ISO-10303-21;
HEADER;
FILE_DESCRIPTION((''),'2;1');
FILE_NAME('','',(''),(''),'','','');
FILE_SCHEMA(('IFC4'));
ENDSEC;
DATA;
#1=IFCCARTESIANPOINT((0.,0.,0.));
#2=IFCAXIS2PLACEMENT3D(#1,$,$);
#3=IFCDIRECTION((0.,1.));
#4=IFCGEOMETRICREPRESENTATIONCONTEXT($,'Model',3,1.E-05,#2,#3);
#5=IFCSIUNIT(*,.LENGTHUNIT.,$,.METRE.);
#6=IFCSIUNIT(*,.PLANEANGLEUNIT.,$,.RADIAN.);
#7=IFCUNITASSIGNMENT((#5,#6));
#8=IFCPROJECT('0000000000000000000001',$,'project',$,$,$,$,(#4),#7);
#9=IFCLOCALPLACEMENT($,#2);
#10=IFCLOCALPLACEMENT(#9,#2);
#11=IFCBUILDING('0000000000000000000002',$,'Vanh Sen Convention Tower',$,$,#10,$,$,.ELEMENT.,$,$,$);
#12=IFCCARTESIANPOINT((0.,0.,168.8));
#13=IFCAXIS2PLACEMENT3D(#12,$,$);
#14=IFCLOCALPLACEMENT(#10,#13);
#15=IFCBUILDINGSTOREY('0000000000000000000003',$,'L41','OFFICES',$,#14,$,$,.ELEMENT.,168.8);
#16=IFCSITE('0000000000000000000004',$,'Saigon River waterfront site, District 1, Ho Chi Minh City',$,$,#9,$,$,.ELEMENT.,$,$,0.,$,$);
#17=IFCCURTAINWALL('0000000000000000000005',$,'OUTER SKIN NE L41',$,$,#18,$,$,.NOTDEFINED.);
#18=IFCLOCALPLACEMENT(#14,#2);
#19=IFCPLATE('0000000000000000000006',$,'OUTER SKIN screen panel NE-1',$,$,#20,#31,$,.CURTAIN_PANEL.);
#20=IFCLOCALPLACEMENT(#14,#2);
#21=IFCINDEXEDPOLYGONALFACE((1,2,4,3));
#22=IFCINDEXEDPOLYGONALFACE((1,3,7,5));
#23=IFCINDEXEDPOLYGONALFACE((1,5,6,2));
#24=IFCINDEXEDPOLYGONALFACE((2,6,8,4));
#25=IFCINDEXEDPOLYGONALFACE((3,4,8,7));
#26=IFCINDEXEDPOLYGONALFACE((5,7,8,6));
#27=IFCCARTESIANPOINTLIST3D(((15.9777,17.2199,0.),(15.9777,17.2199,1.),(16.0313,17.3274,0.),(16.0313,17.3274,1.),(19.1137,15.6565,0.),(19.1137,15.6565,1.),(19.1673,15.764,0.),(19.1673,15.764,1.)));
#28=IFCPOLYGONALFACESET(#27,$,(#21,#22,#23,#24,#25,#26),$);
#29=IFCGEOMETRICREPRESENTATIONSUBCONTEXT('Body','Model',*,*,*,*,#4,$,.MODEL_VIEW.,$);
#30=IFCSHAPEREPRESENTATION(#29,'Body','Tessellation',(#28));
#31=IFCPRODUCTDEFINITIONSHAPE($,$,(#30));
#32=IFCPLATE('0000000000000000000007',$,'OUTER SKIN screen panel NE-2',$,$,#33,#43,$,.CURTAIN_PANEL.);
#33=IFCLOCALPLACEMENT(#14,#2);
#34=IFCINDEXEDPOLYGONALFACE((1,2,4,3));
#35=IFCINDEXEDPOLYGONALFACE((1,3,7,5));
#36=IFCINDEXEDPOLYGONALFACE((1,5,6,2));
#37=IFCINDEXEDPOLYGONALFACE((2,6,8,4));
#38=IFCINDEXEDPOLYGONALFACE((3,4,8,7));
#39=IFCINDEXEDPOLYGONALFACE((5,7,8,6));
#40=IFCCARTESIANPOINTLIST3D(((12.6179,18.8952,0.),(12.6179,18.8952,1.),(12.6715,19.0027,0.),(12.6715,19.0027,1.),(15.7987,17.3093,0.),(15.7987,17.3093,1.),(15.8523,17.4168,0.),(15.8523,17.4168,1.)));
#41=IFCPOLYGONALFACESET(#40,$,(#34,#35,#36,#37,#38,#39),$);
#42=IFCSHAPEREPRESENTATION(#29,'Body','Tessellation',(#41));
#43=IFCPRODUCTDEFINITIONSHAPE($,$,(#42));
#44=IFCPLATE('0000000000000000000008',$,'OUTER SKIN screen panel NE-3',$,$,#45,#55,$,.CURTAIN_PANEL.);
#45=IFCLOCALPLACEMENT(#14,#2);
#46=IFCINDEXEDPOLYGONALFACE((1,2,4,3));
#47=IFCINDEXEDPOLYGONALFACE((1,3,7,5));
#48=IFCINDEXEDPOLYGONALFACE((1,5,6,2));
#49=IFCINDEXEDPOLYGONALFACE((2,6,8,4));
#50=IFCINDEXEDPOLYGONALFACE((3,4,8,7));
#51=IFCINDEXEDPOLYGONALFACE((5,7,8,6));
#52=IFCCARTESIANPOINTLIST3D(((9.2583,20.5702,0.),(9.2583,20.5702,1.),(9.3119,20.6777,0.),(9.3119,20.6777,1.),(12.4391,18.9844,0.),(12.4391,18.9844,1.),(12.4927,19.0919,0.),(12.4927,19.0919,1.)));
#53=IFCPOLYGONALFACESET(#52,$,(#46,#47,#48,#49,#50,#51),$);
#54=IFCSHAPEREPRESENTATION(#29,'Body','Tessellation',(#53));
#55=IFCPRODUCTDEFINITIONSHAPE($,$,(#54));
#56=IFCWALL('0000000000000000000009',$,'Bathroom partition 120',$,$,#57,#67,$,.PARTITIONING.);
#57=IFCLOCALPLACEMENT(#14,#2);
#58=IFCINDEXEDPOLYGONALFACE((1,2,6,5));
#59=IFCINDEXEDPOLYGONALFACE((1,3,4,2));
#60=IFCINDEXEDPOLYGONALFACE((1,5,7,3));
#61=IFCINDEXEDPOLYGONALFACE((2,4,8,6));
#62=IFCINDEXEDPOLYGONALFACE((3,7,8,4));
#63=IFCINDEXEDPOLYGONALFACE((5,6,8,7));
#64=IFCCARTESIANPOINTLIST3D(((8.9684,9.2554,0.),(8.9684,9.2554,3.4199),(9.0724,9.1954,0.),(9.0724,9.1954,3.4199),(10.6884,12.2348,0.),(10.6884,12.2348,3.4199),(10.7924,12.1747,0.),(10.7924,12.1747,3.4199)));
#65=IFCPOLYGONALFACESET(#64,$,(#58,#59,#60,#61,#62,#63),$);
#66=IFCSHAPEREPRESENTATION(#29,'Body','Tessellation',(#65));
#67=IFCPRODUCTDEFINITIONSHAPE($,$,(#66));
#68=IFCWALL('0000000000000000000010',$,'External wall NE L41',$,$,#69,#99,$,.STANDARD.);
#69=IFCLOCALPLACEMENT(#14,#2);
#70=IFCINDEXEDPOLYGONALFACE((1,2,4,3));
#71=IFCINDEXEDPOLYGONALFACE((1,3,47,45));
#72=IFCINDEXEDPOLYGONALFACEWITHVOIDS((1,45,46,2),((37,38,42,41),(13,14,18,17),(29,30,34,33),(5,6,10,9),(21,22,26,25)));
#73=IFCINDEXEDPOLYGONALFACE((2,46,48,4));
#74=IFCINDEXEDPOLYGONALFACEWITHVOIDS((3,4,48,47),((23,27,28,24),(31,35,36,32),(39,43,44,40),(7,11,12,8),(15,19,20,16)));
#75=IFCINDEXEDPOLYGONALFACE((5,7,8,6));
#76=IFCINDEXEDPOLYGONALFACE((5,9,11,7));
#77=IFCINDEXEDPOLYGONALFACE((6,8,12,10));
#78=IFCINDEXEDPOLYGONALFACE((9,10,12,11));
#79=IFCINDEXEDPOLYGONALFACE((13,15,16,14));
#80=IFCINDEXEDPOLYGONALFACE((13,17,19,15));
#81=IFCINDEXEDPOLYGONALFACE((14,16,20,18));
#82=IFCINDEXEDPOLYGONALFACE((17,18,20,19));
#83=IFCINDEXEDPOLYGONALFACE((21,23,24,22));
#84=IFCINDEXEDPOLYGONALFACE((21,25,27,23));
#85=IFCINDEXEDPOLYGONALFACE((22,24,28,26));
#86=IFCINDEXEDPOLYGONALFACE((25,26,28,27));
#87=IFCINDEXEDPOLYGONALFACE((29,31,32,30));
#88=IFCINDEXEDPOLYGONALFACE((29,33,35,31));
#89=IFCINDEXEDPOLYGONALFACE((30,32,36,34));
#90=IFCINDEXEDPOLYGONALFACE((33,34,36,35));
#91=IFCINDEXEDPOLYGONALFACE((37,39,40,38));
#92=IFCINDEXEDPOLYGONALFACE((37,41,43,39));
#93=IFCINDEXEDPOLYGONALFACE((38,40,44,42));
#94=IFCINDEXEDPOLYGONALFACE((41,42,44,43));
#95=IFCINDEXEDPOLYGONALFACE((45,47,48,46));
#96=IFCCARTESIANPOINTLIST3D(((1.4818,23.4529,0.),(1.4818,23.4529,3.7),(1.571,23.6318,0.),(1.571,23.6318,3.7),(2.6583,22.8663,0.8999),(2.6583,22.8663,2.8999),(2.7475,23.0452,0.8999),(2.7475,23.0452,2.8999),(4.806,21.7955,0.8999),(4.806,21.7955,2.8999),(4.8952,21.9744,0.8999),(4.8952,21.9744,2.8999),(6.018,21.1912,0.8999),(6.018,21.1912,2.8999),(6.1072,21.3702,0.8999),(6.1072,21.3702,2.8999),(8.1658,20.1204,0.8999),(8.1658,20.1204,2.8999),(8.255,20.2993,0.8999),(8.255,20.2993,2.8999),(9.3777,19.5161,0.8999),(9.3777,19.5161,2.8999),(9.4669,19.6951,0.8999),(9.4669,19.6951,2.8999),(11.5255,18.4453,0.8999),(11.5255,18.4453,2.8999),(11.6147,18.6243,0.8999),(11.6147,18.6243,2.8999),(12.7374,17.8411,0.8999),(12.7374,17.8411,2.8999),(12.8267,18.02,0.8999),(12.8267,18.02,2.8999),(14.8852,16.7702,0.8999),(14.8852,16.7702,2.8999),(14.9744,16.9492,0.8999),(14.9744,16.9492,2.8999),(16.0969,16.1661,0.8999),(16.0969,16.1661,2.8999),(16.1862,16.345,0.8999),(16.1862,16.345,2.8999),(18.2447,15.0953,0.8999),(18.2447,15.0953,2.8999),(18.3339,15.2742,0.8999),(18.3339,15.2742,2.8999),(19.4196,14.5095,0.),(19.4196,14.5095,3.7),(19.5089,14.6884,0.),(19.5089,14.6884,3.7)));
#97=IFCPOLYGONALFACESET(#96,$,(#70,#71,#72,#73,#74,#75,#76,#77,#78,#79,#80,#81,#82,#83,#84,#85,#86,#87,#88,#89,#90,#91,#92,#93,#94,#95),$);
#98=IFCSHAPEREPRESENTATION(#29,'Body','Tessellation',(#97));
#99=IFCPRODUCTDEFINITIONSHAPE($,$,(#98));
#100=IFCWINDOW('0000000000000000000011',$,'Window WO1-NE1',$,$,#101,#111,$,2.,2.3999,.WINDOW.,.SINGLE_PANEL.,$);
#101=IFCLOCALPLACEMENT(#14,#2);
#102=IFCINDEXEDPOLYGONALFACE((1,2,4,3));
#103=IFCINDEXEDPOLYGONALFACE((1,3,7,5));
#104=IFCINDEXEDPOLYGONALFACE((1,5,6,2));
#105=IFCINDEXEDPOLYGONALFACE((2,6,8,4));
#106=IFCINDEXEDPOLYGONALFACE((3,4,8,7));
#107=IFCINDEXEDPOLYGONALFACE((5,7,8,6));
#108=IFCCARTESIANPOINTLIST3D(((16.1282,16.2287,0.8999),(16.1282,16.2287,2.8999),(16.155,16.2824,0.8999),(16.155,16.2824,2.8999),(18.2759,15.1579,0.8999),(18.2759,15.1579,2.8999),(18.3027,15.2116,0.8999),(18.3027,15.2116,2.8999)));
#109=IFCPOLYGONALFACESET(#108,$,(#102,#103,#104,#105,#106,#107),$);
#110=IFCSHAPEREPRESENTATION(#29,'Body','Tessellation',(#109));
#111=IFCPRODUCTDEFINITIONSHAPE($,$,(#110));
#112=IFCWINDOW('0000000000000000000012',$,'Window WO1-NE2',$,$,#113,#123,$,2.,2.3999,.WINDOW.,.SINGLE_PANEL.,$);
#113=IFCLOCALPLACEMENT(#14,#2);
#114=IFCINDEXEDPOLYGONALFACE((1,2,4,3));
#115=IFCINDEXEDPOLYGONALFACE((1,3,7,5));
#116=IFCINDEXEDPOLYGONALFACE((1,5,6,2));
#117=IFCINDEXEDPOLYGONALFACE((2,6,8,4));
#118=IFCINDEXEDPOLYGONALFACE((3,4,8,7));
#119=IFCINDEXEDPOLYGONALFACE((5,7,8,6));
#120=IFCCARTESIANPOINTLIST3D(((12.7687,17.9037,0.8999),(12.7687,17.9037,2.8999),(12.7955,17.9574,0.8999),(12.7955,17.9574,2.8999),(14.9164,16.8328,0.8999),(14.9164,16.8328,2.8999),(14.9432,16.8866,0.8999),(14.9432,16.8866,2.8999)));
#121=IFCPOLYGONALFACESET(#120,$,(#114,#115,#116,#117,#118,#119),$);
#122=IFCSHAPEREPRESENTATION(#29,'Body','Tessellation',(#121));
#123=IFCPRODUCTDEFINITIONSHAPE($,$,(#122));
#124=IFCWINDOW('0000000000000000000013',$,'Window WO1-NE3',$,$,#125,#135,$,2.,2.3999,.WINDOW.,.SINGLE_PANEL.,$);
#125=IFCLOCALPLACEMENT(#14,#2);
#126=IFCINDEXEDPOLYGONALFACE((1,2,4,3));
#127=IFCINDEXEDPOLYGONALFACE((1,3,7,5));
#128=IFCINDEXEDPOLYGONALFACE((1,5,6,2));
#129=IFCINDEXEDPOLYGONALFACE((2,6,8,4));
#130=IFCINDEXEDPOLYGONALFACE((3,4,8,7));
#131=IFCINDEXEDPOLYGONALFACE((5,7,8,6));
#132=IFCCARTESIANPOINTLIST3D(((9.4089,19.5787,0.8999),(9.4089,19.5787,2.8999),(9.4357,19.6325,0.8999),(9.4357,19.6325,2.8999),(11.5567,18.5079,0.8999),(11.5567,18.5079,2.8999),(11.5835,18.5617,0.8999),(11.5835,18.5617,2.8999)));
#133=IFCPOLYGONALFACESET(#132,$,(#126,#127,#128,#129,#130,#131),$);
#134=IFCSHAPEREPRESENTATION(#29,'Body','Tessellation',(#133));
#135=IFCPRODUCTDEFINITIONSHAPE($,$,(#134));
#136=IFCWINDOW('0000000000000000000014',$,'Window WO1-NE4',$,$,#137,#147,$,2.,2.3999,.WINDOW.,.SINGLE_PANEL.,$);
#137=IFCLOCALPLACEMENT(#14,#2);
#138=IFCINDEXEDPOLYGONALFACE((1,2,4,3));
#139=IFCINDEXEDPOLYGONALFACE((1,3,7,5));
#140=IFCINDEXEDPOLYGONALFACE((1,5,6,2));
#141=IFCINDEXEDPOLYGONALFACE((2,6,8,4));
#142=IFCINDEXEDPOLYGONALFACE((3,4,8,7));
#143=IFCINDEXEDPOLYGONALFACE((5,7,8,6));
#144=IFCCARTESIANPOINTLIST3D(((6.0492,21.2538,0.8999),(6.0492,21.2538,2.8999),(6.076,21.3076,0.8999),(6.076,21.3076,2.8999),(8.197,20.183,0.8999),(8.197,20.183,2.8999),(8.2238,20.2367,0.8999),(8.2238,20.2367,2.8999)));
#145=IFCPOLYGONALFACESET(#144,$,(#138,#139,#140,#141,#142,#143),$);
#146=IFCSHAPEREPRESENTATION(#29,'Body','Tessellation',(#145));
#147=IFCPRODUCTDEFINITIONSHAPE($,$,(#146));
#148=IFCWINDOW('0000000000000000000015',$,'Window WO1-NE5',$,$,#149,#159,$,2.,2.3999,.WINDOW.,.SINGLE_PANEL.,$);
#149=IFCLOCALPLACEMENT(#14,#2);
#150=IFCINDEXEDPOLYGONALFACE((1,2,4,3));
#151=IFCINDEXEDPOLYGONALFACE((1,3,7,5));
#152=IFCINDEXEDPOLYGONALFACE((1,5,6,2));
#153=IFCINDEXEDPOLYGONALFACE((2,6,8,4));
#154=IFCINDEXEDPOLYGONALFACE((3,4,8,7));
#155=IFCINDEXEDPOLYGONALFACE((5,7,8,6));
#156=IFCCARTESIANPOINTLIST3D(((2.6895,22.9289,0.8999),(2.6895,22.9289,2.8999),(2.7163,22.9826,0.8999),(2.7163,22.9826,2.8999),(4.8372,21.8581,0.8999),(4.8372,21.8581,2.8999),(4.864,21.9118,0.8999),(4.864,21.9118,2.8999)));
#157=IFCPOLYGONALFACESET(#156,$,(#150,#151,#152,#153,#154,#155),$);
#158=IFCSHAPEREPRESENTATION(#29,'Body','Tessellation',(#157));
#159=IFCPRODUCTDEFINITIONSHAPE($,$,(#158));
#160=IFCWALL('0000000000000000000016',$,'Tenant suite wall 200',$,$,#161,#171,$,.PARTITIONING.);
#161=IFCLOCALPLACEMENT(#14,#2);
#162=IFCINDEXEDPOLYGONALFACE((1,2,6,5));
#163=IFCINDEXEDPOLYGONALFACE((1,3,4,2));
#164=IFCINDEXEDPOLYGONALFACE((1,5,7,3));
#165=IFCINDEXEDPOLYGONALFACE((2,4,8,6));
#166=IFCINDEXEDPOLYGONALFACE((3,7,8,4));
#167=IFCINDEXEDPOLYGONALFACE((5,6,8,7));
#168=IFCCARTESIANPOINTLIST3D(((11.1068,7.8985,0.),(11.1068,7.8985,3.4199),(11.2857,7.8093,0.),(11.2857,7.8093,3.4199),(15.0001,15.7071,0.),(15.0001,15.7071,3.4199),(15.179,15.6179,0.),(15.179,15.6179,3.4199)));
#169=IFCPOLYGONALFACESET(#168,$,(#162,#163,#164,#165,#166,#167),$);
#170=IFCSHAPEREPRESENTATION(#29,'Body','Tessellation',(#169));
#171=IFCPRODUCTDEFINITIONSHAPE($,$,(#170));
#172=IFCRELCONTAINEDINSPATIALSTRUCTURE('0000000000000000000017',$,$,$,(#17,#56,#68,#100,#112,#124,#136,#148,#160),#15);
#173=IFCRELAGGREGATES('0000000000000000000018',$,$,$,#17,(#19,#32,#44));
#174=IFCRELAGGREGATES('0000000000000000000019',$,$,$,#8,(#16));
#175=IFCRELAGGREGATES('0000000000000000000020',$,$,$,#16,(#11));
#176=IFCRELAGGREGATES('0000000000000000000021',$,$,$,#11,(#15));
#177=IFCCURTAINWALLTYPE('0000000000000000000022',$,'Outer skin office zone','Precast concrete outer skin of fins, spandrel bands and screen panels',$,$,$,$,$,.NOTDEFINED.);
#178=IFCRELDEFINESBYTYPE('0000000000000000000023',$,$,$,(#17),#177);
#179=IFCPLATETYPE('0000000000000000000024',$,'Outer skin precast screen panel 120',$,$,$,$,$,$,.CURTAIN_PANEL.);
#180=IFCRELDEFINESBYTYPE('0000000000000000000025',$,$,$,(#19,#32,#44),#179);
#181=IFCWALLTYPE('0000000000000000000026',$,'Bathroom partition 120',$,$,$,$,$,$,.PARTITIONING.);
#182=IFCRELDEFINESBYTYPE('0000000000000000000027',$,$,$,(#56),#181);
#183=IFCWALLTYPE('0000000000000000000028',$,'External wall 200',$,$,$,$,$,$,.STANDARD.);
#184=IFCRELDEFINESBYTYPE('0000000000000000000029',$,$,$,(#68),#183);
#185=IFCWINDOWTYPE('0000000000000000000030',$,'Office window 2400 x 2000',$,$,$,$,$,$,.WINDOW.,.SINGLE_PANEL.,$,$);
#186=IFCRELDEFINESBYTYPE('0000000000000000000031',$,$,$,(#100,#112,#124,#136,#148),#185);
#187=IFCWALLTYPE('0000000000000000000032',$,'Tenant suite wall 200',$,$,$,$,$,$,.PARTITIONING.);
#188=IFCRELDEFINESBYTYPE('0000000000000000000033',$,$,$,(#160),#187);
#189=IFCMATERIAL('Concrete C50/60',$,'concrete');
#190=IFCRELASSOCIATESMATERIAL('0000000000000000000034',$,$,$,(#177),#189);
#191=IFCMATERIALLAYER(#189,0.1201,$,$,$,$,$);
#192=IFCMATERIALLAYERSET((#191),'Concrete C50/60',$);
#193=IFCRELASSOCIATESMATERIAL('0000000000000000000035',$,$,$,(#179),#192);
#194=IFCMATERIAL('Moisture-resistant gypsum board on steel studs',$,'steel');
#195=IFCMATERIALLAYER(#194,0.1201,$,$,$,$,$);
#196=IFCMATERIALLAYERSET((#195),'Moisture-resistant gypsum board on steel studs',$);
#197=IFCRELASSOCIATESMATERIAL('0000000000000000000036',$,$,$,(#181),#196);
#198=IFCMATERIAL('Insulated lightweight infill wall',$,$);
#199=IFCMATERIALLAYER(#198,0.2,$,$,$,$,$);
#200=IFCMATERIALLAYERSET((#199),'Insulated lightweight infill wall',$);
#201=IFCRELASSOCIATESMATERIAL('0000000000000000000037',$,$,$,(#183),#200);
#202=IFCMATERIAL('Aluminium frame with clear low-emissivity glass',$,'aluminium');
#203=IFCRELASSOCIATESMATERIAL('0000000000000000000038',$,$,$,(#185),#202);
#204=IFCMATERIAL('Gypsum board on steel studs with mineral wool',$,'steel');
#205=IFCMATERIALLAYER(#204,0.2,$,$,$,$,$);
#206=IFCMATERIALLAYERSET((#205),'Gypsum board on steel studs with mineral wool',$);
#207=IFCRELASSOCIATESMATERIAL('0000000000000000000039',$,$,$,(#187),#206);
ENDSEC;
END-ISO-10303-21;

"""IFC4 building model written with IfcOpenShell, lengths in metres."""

from ifc_helpers import new_model, si_unit, direction, frame, frame_2d, origin, origin_2d, place, context, subcontext, project, spatial, rectangle, extrude, material, layer, layer_set, type_object, element, fill, aggregate, save


model = new_model("IFC4")

# Units and contexts
model_context = context("Model", 3, precision=1e-05, world=origin(), true_north=direction((0.0, 1.0)))
body_context = subcontext(model_context, "Body", "Model", "MODEL_VIEW")
ifc_project = project(units=[si_unit("LENGTHUNIT", "METRE"), si_unit("PLANEANGLEUNIT", "RADIAN")], contexts=[model_context])

# Site, building, storey
site_placement = place(None, origin())
site = spatial("IfcSite", under=ifc_project, at=site_placement, Name="Saigon River waterfront site, District 1, Ho Chi Minh City", CompositionType="ELEMENT", RefElevation=0.0)
building_placement = place(site_placement, origin())
building = spatial("IfcBuilding", under=site, at=building_placement, Name="Vanh Sen Convention Tower", CompositionType="ELEMENT")
storey_placement = place(building_placement, frame((0.0, 0.0, 168.8)))
storey = spatial("IfcBuildingStorey", under=building, at=storey_placement, Name="L41", Description="OFFICES", CompositionType="ELEMENT", Elevation=168.8)

# Curtain wall
ifc_material_1 = material(Name="Concrete C50/60", Category="concrete")
curtain_wall_type = type_object("IfcCurtainWallType", Name="Outer skin office zone", Description="Precast concrete outer skin of fins, spandrel bands and screen panels", PredefinedType="NOTDEFINED", material=ifc_material_1)
curtain_wall_1_placement = place(storey_placement, origin())
curtain_wall_1 = element("IfcCurtainWall", 1, at=curtain_wall_1_placement, inside=storey, type_object=curtain_wall_type, Name="OUTER SKIN NE L41", PredefinedType="NOTDEFINED")

# Shared definitions
ifc_layer_1 = layer(ifc_material_1, 0.1201)
ifc_layer_set_1 = layer_set([ifc_layer_1], Name="Concrete C50/60")
plate_type = type_object("IfcPlateType", Name="Outer skin precast screen panel 120", PredefinedType="CURTAIN_PANEL", material=ifc_layer_set_1)

# Plates
plate_1_placement = place(storey_placement, frame((17.5725, 16.4919, 0.0), z_axis=(0.0, 0.0, 1.0), x_axis=(-0.894944, 0.446179, 0.0)))
plate_1 = element("IfcPlate", 2, at=plate_1_placement, type_object=plate_type, Name="OUTER SKIN screen panel NE-1", PredefinedType="CURTAIN_PANEL", context=body_context, shape_type="SweptSolid", body=[
    extrude(rectangle(XDim=3.5042, YDim=0.1201, at=origin_2d()), origin(), (0.0, 0.0, 1.0), 1.0),
])
plate_2_placement = place(storey_placement, frame((14.2351, 18.156, 0.0), z_axis=(0.0, 0.0, 1.0), x_axis=(-0.894933, 0.446201, 0.0)))
plate_2 = element("IfcPlate", 3, at=plate_2_placement, type_object=plate_type, Name="OUTER SKIN screen panel NE-2", PredefinedType="CURTAIN_PANEL", context=body_context, shape_type="SweptSolid", body=[
    extrude(rectangle(XDim=3.5542, YDim=0.1201, at=origin_2d()), origin(), (0.0, 0.0, 1.0), 1.0),
])
plate_3_placement = place(storey_placement, frame((10.8755, 19.8311, 0.0), z_axis=(0.0, 0.0, 1.0), x_axis=(-0.894933, 0.446201, 0.0)))
plate_3 = element("IfcPlate", 4, at=plate_3_placement, type_object=plate_type, Name="OUTER SKIN screen panel NE-3", PredefinedType="CURTAIN_PANEL", context=body_context, shape_type="SweptSolid", body=[
    extrude(rectangle(XDim=3.5542, YDim=0.1201, at=origin_2d()), origin(), (0.0, 0.0, 1.0), 1.0),
])
aggregate(curtain_wall_1, [plate_1, plate_2, plate_3])

# Wall
ifc_material_2 = material(Name="Moisture-resistant gypsum board on steel studs", Category="steel")
ifc_layer_2 = layer(ifc_material_2, 0.1201)
ifc_layer_set_2 = layer_set([ifc_layer_2], Name="Moisture-resistant gypsum board on steel studs")
wall_type_1 = type_object("IfcWallType", Name="Bathroom partition 120", PredefinedType="PARTITIONING", material=ifc_layer_set_2)
wall_1_placement = place(storey_placement, frame((10.7405, 12.2048, 0.0), z_axis=(0.0, 0.0, 1.0), x_axis=(-0.499978, -0.866038, 0.0)))
element("IfcWall", 5, at=wall_1_placement, inside=storey, type_object=wall_type_1, Name="Bathroom partition 120", PredefinedType="PARTITIONING", context=body_context, shape_type="SweptSolid", body=[
    extrude(rectangle(XDim=3.4402, YDim=0.1201, at=frame_2d((1.7202, 0.0))), origin(), (0.0, 0.0, 1.0), 3.4199),
])

# Wall, openings, windows
ifc_material_3 = material(Name="Insulated lightweight infill wall")
ifc_layer_3 = layer(ifc_material_3, 0.2)
ifc_layer_set_3 = layer_set([ifc_layer_3], Name="Insulated lightweight infill wall")
wall_type_2 = type_object("IfcWallType", Name="External wall 200", PredefinedType="STANDARD", material=ifc_layer_set_3)
wall_2_placement = place(storey_placement, frame((19.4644, 14.5989, 0.0), z_axis=(0.0, 0.0, 1.0), x_axis=(-0.894936, 0.446195, 0.0)))
wall_2 = element("IfcWall", 6, at=wall_2_placement, inside=storey, type_object=wall_type_2, Name="External wall NE L41", PredefinedType="STANDARD", context=body_context, shape_type="SweptSolid", body=[
    extrude(rectangle(XDim=20.0437, YDim=0.2, at=frame_2d((10.022, 0.0))), origin(), (0.0, 0.0, 1.0), 3.7),
])
opening_1_placement = place(wall_2_placement, frame((1.313, 0.0, 0.8999)))
opening_1 = element("IfcOpeningElement", 7, at=opening_1_placement, cuts=wall_2, PredefinedType="OPENING", context=body_context, shape_type="SweptSolid", body=[
    extrude(rectangle(XDim=2.3999, YDim=2.0, at=frame_2d((1.2, 1.0))), frame((0.0, 0.1099, 0.0), z_axis=(0.0, -1.0, 0.0), x_axis=(1.0, 0.0, 0.0)), (0.0, 0.0, 1.0), 0.22),
])
opening_2_placement = place(wall_2_placement, frame((5.0669, 0.0, 0.8999)))
opening_2 = element("IfcOpeningElement", 8, at=opening_2_placement, cuts=wall_2, PredefinedType="OPENING", context=body_context, shape_type="SweptSolid", body=[
    extrude(rectangle(XDim=2.3999, YDim=2.0, at=frame_2d((1.2, 1.0))), frame((0.0, 0.1099, 0.0), z_axis=(0.0, -1.0, 0.0), x_axis=(1.0, 0.0, 0.0)), (0.0, 0.0, 1.0), 0.22),
])
opening_3_placement = place(wall_2_placement, frame((8.821, 0.0, 0.8999)))
opening_3 = element("IfcOpeningElement", 9, at=opening_3_placement, cuts=wall_2, PredefinedType="OPENING", context=body_context, shape_type="SweptSolid", body=[
    extrude(rectangle(XDim=2.3999, YDim=2.0, at=frame_2d((1.2, 1.0))), frame((0.0, 0.1099, 0.0), z_axis=(0.0, -1.0, 0.0), x_axis=(1.0, 0.0, 0.0)), (0.0, 0.0, 1.0), 0.22),
])
opening_4_placement = place(wall_2_placement, frame((12.5752, 0.0, 0.8999)))
opening_4 = element("IfcOpeningElement", 10, at=opening_4_placement, cuts=wall_2, PredefinedType="OPENING", context=body_context, shape_type="SweptSolid", body=[
    extrude(rectangle(XDim=2.3999, YDim=2.0, at=frame_2d((1.2, 1.0))), frame((0.0, 0.1099, 0.0), z_axis=(0.0, -1.0, 0.0), x_axis=(1.0, 0.0, 0.0)), (0.0, 0.0, 1.0), 0.22),
])
opening_5_placement = place(wall_2_placement, frame((16.3293, 0.0, 0.8999)))
opening_5 = element("IfcOpeningElement", 11, at=opening_5_placement, cuts=wall_2, PredefinedType="OPENING", context=body_context, shape_type="SweptSolid", body=[
    extrude(rectangle(XDim=2.3999, YDim=2.0, at=frame_2d((1.2, 1.0))), frame((0.0, 0.1099, 0.0), z_axis=(0.0, -1.0, 0.0), x_axis=(1.0, 0.0, 0.0)), (0.0, 0.0, 1.0), 0.22),
])
ifc_material_4 = material(Name="Aluminium frame with clear low-emissivity glass", Category="aluminium")
window_type = type_object("IfcWindowType", Name="Office window 2400 x 2000", PartitioningType="SINGLE_PANEL", PredefinedType="WINDOW", material=ifc_material_4)
window_1_placement = place(opening_1_placement, origin())
window_1 = element("IfcWindow", 12, at=window_1_placement, inside=storey, type_object=window_type, Name="Window WO1-NE1", OverallHeight=2.0, OverallWidth=2.3999, PartitioningType="SINGLE_PANEL", PredefinedType="WINDOW", context=body_context, shape_type="SweptSolid", body=[
    extrude(rectangle(XDim=2.3999, YDim=2.0, at=frame_2d((1.2, 1.0))), frame((0.0, 0.03, 0.0), z_axis=(0.0, -1.0, 0.0), x_axis=(1.0, 0.0, 0.0)), (0.0, 0.0, 1.0), 0.0601),
])
fill(opening_1, window_1)
window_2_placement = place(opening_2_placement, origin())
window_2 = element("IfcWindow", 13, at=window_2_placement, inside=storey, type_object=window_type, Name="Window WO1-NE2", OverallHeight=2.0, OverallWidth=2.3999, PartitioningType="SINGLE_PANEL", PredefinedType="WINDOW", context=body_context, shape_type="SweptSolid", body=[
    extrude(rectangle(XDim=2.3999, YDim=2.0, at=frame_2d((1.2, 1.0))), frame((0.0, 0.03, 0.0), z_axis=(0.0, -1.0, 0.0), x_axis=(1.0, 0.0, 0.0)), (0.0, 0.0, 1.0), 0.0601),
])
fill(opening_2, window_2)
window_3_placement = place(opening_3_placement, origin())
window_3 = element("IfcWindow", 14, at=window_3_placement, inside=storey, type_object=window_type, Name="Window WO1-NE3", OverallHeight=2.0, OverallWidth=2.3999, PartitioningType="SINGLE_PANEL", PredefinedType="WINDOW", context=body_context, shape_type="SweptSolid", body=[
    extrude(rectangle(XDim=2.3999, YDim=2.0, at=frame_2d((1.2, 1.0))), frame((0.0, 0.03, 0.0), z_axis=(0.0, -1.0, 0.0), x_axis=(1.0, 0.0, 0.0)), (0.0, 0.0, 1.0), 0.0601),
])
fill(opening_3, window_3)
window_4_placement = place(opening_4_placement, origin())
window_4 = element("IfcWindow", 15, at=window_4_placement, inside=storey, type_object=window_type, Name="Window WO1-NE4", OverallHeight=2.0, OverallWidth=2.3999, PartitioningType="SINGLE_PANEL", PredefinedType="WINDOW", context=body_context, shape_type="SweptSolid", body=[
    extrude(rectangle(XDim=2.3999, YDim=2.0, at=frame_2d((1.2, 1.0))), frame((0.0, 0.03, 0.0), z_axis=(0.0, -1.0, 0.0), x_axis=(1.0, 0.0, 0.0)), (0.0, 0.0, 1.0), 0.0601),
])
fill(opening_4, window_4)
window_5_placement = place(opening_5_placement, origin())
window_5 = element("IfcWindow", 16, at=window_5_placement, inside=storey, type_object=window_type, Name="Window WO1-NE5", OverallHeight=2.0, OverallWidth=2.3999, PartitioningType="SINGLE_PANEL", PredefinedType="WINDOW", context=body_context, shape_type="SweptSolid", body=[
    extrude(rectangle(XDim=2.3999, YDim=2.0, at=frame_2d((1.2, 1.0))), frame((0.0, 0.03, 0.0), z_axis=(0.0, -1.0, 0.0), x_axis=(1.0, 0.0, 0.0)), (0.0, 0.0, 1.0), 0.0601),
])
fill(opening_5, window_5)

# Wall
ifc_material_5 = material(Name="Gypsum board on steel studs with mineral wool", Category="steel")
ifc_layer_4 = layer(ifc_material_5, 0.2)
ifc_layer_set_4 = layer_set([ifc_layer_4], Name="Gypsum board on steel studs with mineral wool")
wall_type_3 = type_object("IfcWallType", Name="Tenant suite wall 200", PredefinedType="PARTITIONING", material=ifc_layer_set_4)
wall_3_placement = place(storey_placement, frame((15.0896, 15.6626, 0.0), z_axis=(0.0, 0.0, 1.0), x_axis=(-0.446206, -0.89493, 0.0)))
element("IfcWall", 17, at=wall_3_placement, inside=storey, type_object=wall_type_3, Name="Tenant suite wall 200", PredefinedType="PARTITIONING", context=body_context, shape_type="SweptSolid", body=[
    extrude(rectangle(XDim=8.7253, YDim=0.2, at=frame_2d((4.3628, 0.0))), origin(), (0.0, 0.0, 1.0), 3.4199),
])

save(model, "model.ifc")
